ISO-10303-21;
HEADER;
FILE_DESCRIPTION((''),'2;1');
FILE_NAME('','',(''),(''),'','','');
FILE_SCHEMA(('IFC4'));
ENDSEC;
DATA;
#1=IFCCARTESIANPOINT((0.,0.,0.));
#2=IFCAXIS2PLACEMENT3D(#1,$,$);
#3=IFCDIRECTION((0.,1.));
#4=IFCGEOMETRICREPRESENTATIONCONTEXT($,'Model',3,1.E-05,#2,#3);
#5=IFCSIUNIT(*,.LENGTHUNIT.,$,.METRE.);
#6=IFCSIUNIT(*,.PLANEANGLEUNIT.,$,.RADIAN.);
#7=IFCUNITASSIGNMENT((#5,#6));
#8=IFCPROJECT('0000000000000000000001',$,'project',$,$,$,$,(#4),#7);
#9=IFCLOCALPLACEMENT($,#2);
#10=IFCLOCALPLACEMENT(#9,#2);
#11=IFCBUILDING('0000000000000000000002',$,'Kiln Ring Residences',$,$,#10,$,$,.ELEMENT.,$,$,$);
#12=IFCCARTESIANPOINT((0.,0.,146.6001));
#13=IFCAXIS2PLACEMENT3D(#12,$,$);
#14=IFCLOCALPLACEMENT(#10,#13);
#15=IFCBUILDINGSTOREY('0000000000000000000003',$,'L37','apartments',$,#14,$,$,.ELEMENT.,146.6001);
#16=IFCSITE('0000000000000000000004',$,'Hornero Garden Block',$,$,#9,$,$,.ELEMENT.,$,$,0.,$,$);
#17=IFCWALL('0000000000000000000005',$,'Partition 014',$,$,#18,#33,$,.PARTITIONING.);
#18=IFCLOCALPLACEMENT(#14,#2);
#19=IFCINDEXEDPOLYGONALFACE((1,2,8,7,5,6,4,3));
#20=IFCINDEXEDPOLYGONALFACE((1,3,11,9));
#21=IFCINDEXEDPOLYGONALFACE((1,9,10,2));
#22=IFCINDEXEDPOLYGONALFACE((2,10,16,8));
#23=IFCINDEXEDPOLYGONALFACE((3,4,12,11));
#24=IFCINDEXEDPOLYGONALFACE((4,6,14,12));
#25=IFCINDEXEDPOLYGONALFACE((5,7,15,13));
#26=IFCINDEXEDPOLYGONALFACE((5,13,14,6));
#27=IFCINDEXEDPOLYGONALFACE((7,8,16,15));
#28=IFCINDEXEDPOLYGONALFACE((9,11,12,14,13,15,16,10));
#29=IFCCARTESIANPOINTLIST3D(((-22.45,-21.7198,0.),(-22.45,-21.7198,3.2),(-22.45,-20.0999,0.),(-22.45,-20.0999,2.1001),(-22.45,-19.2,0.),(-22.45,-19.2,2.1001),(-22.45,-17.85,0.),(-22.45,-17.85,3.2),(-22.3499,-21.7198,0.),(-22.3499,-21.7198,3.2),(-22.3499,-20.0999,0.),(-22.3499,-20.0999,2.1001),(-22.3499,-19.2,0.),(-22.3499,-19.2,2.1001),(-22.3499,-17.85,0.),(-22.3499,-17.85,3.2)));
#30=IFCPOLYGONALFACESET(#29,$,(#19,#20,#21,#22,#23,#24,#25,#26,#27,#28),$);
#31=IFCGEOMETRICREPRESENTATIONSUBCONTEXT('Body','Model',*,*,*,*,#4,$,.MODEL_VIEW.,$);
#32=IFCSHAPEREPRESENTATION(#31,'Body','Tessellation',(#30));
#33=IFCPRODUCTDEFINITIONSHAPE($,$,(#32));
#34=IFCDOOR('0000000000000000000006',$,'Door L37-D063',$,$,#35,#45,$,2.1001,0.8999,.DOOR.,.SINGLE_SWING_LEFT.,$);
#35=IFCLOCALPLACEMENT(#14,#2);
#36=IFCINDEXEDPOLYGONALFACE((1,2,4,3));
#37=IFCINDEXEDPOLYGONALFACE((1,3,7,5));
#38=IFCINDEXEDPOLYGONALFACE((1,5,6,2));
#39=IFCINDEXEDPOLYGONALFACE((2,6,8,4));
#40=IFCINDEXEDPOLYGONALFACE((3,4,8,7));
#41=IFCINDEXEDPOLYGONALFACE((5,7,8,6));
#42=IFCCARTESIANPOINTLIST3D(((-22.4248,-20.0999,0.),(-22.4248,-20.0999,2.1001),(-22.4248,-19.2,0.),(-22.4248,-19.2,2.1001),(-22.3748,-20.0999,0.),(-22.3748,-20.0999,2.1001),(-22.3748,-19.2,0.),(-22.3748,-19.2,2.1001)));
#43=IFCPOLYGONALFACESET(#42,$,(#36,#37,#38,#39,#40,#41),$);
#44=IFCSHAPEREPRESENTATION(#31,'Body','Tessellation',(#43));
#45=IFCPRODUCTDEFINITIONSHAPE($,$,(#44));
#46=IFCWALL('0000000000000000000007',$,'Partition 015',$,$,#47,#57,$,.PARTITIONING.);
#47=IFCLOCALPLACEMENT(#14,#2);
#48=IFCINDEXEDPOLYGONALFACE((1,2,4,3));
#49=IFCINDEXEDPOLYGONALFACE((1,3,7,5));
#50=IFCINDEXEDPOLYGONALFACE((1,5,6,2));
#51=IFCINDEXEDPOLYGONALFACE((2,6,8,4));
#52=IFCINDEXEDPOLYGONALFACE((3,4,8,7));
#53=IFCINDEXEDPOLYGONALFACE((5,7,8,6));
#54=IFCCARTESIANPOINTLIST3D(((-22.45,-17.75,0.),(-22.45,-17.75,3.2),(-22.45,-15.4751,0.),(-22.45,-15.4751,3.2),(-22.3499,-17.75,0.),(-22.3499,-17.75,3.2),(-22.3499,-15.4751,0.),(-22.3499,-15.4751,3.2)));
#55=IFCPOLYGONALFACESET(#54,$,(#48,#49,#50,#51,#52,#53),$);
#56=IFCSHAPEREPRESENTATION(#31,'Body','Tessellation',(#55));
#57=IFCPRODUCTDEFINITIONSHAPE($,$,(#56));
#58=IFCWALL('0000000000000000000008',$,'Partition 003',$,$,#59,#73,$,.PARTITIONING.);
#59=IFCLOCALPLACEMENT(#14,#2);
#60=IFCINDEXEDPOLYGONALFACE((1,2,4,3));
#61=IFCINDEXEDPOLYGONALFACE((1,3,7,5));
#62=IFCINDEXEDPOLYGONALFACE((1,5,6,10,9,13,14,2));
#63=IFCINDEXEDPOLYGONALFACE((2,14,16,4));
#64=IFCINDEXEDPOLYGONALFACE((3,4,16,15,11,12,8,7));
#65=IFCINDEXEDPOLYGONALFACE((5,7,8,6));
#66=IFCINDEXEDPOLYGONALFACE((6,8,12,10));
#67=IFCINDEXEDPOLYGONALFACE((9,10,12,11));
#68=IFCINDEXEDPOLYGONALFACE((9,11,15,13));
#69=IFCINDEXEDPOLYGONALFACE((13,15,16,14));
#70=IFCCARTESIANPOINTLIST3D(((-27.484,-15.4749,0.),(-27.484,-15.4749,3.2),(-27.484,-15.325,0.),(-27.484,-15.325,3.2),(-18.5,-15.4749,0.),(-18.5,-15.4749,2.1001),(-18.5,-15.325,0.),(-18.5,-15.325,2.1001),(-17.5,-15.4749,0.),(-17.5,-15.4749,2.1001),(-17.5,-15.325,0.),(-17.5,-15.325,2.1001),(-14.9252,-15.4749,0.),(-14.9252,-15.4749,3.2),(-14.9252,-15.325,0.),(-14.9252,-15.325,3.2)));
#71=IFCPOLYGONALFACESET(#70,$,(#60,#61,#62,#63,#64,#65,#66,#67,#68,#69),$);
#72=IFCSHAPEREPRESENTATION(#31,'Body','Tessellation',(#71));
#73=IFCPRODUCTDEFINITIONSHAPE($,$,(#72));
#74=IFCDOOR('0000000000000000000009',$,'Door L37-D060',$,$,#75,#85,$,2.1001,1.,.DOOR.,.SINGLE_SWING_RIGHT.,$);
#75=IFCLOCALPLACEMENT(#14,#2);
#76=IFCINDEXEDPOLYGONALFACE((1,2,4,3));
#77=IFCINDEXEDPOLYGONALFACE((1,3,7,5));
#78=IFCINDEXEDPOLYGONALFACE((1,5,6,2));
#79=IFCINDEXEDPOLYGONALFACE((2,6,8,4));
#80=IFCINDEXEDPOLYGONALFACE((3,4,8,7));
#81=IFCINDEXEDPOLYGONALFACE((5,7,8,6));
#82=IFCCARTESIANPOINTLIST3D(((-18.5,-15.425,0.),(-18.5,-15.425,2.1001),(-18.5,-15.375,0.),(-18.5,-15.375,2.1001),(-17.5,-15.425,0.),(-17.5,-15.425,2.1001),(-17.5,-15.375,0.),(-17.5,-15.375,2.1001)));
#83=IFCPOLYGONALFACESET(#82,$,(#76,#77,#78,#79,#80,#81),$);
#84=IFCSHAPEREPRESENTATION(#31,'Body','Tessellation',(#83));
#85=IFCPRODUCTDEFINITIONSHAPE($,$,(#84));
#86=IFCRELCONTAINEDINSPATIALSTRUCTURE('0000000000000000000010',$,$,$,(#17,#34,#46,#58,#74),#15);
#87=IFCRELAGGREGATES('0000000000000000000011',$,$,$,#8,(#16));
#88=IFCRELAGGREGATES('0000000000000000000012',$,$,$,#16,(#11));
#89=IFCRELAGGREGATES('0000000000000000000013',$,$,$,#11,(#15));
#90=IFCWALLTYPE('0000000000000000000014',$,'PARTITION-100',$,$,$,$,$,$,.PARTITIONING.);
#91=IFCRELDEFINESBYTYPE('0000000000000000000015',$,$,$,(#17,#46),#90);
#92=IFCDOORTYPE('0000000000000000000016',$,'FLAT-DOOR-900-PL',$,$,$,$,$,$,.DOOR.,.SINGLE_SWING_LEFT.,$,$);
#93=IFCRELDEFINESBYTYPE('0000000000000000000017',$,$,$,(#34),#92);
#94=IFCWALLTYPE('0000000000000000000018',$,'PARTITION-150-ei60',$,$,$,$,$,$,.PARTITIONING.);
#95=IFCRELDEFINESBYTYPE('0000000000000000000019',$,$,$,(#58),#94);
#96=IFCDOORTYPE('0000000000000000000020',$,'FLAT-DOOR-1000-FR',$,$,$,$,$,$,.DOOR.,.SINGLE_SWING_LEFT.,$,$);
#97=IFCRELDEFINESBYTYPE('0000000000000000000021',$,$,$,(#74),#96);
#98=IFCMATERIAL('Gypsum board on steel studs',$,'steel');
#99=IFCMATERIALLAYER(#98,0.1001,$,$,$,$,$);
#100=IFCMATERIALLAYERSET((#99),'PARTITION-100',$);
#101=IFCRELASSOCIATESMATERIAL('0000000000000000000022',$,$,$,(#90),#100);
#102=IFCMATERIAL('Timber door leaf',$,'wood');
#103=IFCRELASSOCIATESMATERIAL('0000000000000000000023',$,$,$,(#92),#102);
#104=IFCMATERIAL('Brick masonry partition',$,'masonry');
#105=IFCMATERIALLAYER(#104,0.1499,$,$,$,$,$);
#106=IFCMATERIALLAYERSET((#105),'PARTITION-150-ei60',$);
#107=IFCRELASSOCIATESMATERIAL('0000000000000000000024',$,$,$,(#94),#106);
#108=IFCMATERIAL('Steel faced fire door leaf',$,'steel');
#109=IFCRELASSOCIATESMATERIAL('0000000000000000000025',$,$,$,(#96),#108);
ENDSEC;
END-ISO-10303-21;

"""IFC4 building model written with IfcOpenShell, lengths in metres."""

from ifc_helpers import new_model, si_unit, direction, frame, frame_2d, origin, place, context, subcontext, project, spatial, rectangle, extrude, material, layer, layer_set, type_object, element, fill, save


model = new_model("IFC4")

# Units and contexts
model_context = context("Model", 3, precision=1e-05, world=origin(), true_north=direction((0.0, 1.0)))
body_context = subcontext(model_context, "Body", "Model", "MODEL_VIEW")
ifc_project = project(units=[si_unit("LENGTHUNIT", "METRE"), si_unit("PLANEANGLEUNIT", "RADIAN")], contexts=[model_context])

# Site, building, storey
site_placement = place(None, origin())
site = spatial("IfcSite", under=ifc_project, at=site_placement, Name="Hornero Garden Block", CompositionType="ELEMENT", RefElevation=0.0)
building_placement = place(site_placement, origin())
building = spatial("IfcBuilding", under=site, at=building_placement, Name="Kiln Ring Residences", CompositionType="ELEMENT")
storey_placement = place(building_placement, frame((0.0, 0.0, 146.6001)))
storey = spatial("IfcBuildingStorey", under=building, at=storey_placement, Name="L37", Description="apartments", CompositionType="ELEMENT", Elevation=146.6001)

# Shared definitions
ifc_material_1 = material(Name="Gypsum board on steel studs", Category="steel")
ifc_layer_1 = layer(ifc_material_1, 0.1001)
ifc_layer_set_1 = layer_set([ifc_layer_1], Name="PARTITION-100")
wall_type_1 = type_object("IfcWallType", Name="PARTITION-100", PredefinedType="PARTITIONING", material=ifc_layer_set_1)
ifc_material_2 = material(Name="Timber door leaf", Category="wood")
door_type_1 = type_object("IfcDoorType", Name="FLAT-DOOR-900-PL", OperationType="SINGLE_SWING_LEFT", PredefinedType="DOOR", material=ifc_material_2)

# Wall, opening, door
wall_1_placement = place(storey_placement, frame((-22.3999, -21.72, 0.0), z_axis=(0.0, 0.0, 1.0), x_axis=(0.0, 1.0, 0.0)))
wall_1 = element("IfcWall", 1, at=wall_1_placement, inside=storey, type_object=wall_type_1, Name="Partition 014", PredefinedType="PARTITIONING", context=body_context, shape_type="SweptSolid", body=[
    extrude(rectangle(XDim=3.8699, YDim=0.1001, at=frame_2d((1.9351, 0.0))), origin(), (0.0, 0.0, 1.0), 3.2),
])
opening_1_placement = place(wall_1_placement, frame((1.6201, 0.0, 0.0)))
opening_1 = element("IfcOpeningElement", 2, at=opening_1_placement, cuts=wall_1, PredefinedType="OPENING", context=body_context, shape_type="SweptSolid", body=[
    extrude(rectangle(XDim=0.8999, YDim=2.1001, at=frame_2d((0.45, 1.05))), frame((0.0, 0.0601, 0.0), z_axis=(0.0, -1.0, 0.0), x_axis=(1.0, 0.0, 0.0)), (0.0, 0.0, 1.0), 0.1201),
])
door_1_placement = place(opening_1_placement, origin())
door_1 = element("IfcDoor", 3, at=door_1_placement, inside=storey, type_object=door_type_1, Name="Door L37-D063", OperationType="SINGLE_SWING_LEFT", OverallHeight=2.1001, OverallWidth=0.8999, PredefinedType="DOOR", context=body_context, shape_type="SweptSolid", body=[
    extrude(rectangle(XDim=0.8999, YDim=2.1001, at=frame_2d((0.45, 1.05))), frame((0.0, 0.0249, 0.0), z_axis=(0.0, -1.0, 0.0), x_axis=(1.0, 0.0, 0.0)), (0.0, 0.0, 1.0), 0.05),
])
fill(opening_1, door_1)

# Wall
wall_2_placement = place(storey_placement, frame((-22.3999, -17.75, 0.0), z_axis=(0.0, 0.0, 1.0), x_axis=(0.0, 1.0, 0.0)))
element("IfcWall", 4, at=wall_2_placement, inside=storey, type_object=wall_type_1, Name="Partition 015", PredefinedType="PARTITIONING", context=body_context, shape_type="SweptSolid", body=[
    extrude(rectangle(XDim=2.2749, YDim=0.1001, at=frame_2d((1.1375, 0.0))), origin(), (0.0, 0.0, 1.0), 3.2),
])

# Wall, opening, door
ifc_material_3 = material(Name="Brick masonry partition", Category="masonry")
ifc_layer_2 = layer(ifc_material_3, 0.1499)
ifc_layer_set_2 = layer_set([ifc_layer_2], Name="PARTITION-150-ei60")
wall_type_2 = type_object("IfcWallType", Name="PARTITION-150-ei60", PredefinedType="PARTITIONING", material=ifc_layer_set_2)
wall_3_placement = place(storey_placement, frame((-27.4839, -15.3999, 0.0), z_axis=(0.0, 0.0, 1.0), x_axis=(1.0, 0.0, 0.0)))
wall_3 = element("IfcWall", 5, at=wall_3_placement, inside=storey, type_object=wall_type_2, Name="Partition 003", PredefinedType="PARTITIONING", context=body_context, shape_type="SweptSolid", body=[
    extrude(rectangle(XDim=12.5588, YDim=0.1499, at=frame_2d((6.2793, 0.0))), origin(), (0.0, 0.0, 1.0), 3.2),
])
opening_2_placement = place(wall_3_placement, frame((8.9839, 0.0, 0.0)))
opening_2 = element("IfcOpeningElement", 6, at=opening_2_placement, cuts=wall_3, PredefinedType="OPENING", context=body_context, shape_type="SweptSolid", body=[
    extrude(rectangle(XDim=1.0, YDim=2.1001, at=frame_2d((0.5, 1.05))), frame((0.0, 0.085, 0.0), z_axis=(0.0, -1.0, 0.0), x_axis=(1.0, 0.0, 0.0)), (0.0, 0.0, 1.0), 0.1699),
])
ifc_material_4 = material(Name="Steel faced fire door leaf", Category="steel")
door_type_2 = type_object("IfcDoorType", Name="FLAT-DOOR-1000-FR", OperationType="SINGLE_SWING_LEFT", PredefinedType="DOOR", material=ifc_material_4)
door_2_placement = place(opening_2_placement, origin())
door_2 = element("IfcDoor", 7, at=door_2_placement, inside=storey, type_object=door_type_2, Name="Door L37-D060", OperationType="SINGLE_SWING_RIGHT", OverallHeight=2.1001, OverallWidth=1.0, PredefinedType="DOOR", context=body_context, shape_type="SweptSolid", body=[
    extrude(rectangle(XDim=1.0, YDim=2.1001, at=frame_2d((0.5, 1.05))), frame((0.0, 0.0249, 0.0), z_axis=(0.0, -1.0, 0.0), x_axis=(1.0, 0.0, 0.0)), (0.0, 0.0, 1.0), 0.05),
])
fill(opening_2, door_2)

save(model, "model.ifc")
